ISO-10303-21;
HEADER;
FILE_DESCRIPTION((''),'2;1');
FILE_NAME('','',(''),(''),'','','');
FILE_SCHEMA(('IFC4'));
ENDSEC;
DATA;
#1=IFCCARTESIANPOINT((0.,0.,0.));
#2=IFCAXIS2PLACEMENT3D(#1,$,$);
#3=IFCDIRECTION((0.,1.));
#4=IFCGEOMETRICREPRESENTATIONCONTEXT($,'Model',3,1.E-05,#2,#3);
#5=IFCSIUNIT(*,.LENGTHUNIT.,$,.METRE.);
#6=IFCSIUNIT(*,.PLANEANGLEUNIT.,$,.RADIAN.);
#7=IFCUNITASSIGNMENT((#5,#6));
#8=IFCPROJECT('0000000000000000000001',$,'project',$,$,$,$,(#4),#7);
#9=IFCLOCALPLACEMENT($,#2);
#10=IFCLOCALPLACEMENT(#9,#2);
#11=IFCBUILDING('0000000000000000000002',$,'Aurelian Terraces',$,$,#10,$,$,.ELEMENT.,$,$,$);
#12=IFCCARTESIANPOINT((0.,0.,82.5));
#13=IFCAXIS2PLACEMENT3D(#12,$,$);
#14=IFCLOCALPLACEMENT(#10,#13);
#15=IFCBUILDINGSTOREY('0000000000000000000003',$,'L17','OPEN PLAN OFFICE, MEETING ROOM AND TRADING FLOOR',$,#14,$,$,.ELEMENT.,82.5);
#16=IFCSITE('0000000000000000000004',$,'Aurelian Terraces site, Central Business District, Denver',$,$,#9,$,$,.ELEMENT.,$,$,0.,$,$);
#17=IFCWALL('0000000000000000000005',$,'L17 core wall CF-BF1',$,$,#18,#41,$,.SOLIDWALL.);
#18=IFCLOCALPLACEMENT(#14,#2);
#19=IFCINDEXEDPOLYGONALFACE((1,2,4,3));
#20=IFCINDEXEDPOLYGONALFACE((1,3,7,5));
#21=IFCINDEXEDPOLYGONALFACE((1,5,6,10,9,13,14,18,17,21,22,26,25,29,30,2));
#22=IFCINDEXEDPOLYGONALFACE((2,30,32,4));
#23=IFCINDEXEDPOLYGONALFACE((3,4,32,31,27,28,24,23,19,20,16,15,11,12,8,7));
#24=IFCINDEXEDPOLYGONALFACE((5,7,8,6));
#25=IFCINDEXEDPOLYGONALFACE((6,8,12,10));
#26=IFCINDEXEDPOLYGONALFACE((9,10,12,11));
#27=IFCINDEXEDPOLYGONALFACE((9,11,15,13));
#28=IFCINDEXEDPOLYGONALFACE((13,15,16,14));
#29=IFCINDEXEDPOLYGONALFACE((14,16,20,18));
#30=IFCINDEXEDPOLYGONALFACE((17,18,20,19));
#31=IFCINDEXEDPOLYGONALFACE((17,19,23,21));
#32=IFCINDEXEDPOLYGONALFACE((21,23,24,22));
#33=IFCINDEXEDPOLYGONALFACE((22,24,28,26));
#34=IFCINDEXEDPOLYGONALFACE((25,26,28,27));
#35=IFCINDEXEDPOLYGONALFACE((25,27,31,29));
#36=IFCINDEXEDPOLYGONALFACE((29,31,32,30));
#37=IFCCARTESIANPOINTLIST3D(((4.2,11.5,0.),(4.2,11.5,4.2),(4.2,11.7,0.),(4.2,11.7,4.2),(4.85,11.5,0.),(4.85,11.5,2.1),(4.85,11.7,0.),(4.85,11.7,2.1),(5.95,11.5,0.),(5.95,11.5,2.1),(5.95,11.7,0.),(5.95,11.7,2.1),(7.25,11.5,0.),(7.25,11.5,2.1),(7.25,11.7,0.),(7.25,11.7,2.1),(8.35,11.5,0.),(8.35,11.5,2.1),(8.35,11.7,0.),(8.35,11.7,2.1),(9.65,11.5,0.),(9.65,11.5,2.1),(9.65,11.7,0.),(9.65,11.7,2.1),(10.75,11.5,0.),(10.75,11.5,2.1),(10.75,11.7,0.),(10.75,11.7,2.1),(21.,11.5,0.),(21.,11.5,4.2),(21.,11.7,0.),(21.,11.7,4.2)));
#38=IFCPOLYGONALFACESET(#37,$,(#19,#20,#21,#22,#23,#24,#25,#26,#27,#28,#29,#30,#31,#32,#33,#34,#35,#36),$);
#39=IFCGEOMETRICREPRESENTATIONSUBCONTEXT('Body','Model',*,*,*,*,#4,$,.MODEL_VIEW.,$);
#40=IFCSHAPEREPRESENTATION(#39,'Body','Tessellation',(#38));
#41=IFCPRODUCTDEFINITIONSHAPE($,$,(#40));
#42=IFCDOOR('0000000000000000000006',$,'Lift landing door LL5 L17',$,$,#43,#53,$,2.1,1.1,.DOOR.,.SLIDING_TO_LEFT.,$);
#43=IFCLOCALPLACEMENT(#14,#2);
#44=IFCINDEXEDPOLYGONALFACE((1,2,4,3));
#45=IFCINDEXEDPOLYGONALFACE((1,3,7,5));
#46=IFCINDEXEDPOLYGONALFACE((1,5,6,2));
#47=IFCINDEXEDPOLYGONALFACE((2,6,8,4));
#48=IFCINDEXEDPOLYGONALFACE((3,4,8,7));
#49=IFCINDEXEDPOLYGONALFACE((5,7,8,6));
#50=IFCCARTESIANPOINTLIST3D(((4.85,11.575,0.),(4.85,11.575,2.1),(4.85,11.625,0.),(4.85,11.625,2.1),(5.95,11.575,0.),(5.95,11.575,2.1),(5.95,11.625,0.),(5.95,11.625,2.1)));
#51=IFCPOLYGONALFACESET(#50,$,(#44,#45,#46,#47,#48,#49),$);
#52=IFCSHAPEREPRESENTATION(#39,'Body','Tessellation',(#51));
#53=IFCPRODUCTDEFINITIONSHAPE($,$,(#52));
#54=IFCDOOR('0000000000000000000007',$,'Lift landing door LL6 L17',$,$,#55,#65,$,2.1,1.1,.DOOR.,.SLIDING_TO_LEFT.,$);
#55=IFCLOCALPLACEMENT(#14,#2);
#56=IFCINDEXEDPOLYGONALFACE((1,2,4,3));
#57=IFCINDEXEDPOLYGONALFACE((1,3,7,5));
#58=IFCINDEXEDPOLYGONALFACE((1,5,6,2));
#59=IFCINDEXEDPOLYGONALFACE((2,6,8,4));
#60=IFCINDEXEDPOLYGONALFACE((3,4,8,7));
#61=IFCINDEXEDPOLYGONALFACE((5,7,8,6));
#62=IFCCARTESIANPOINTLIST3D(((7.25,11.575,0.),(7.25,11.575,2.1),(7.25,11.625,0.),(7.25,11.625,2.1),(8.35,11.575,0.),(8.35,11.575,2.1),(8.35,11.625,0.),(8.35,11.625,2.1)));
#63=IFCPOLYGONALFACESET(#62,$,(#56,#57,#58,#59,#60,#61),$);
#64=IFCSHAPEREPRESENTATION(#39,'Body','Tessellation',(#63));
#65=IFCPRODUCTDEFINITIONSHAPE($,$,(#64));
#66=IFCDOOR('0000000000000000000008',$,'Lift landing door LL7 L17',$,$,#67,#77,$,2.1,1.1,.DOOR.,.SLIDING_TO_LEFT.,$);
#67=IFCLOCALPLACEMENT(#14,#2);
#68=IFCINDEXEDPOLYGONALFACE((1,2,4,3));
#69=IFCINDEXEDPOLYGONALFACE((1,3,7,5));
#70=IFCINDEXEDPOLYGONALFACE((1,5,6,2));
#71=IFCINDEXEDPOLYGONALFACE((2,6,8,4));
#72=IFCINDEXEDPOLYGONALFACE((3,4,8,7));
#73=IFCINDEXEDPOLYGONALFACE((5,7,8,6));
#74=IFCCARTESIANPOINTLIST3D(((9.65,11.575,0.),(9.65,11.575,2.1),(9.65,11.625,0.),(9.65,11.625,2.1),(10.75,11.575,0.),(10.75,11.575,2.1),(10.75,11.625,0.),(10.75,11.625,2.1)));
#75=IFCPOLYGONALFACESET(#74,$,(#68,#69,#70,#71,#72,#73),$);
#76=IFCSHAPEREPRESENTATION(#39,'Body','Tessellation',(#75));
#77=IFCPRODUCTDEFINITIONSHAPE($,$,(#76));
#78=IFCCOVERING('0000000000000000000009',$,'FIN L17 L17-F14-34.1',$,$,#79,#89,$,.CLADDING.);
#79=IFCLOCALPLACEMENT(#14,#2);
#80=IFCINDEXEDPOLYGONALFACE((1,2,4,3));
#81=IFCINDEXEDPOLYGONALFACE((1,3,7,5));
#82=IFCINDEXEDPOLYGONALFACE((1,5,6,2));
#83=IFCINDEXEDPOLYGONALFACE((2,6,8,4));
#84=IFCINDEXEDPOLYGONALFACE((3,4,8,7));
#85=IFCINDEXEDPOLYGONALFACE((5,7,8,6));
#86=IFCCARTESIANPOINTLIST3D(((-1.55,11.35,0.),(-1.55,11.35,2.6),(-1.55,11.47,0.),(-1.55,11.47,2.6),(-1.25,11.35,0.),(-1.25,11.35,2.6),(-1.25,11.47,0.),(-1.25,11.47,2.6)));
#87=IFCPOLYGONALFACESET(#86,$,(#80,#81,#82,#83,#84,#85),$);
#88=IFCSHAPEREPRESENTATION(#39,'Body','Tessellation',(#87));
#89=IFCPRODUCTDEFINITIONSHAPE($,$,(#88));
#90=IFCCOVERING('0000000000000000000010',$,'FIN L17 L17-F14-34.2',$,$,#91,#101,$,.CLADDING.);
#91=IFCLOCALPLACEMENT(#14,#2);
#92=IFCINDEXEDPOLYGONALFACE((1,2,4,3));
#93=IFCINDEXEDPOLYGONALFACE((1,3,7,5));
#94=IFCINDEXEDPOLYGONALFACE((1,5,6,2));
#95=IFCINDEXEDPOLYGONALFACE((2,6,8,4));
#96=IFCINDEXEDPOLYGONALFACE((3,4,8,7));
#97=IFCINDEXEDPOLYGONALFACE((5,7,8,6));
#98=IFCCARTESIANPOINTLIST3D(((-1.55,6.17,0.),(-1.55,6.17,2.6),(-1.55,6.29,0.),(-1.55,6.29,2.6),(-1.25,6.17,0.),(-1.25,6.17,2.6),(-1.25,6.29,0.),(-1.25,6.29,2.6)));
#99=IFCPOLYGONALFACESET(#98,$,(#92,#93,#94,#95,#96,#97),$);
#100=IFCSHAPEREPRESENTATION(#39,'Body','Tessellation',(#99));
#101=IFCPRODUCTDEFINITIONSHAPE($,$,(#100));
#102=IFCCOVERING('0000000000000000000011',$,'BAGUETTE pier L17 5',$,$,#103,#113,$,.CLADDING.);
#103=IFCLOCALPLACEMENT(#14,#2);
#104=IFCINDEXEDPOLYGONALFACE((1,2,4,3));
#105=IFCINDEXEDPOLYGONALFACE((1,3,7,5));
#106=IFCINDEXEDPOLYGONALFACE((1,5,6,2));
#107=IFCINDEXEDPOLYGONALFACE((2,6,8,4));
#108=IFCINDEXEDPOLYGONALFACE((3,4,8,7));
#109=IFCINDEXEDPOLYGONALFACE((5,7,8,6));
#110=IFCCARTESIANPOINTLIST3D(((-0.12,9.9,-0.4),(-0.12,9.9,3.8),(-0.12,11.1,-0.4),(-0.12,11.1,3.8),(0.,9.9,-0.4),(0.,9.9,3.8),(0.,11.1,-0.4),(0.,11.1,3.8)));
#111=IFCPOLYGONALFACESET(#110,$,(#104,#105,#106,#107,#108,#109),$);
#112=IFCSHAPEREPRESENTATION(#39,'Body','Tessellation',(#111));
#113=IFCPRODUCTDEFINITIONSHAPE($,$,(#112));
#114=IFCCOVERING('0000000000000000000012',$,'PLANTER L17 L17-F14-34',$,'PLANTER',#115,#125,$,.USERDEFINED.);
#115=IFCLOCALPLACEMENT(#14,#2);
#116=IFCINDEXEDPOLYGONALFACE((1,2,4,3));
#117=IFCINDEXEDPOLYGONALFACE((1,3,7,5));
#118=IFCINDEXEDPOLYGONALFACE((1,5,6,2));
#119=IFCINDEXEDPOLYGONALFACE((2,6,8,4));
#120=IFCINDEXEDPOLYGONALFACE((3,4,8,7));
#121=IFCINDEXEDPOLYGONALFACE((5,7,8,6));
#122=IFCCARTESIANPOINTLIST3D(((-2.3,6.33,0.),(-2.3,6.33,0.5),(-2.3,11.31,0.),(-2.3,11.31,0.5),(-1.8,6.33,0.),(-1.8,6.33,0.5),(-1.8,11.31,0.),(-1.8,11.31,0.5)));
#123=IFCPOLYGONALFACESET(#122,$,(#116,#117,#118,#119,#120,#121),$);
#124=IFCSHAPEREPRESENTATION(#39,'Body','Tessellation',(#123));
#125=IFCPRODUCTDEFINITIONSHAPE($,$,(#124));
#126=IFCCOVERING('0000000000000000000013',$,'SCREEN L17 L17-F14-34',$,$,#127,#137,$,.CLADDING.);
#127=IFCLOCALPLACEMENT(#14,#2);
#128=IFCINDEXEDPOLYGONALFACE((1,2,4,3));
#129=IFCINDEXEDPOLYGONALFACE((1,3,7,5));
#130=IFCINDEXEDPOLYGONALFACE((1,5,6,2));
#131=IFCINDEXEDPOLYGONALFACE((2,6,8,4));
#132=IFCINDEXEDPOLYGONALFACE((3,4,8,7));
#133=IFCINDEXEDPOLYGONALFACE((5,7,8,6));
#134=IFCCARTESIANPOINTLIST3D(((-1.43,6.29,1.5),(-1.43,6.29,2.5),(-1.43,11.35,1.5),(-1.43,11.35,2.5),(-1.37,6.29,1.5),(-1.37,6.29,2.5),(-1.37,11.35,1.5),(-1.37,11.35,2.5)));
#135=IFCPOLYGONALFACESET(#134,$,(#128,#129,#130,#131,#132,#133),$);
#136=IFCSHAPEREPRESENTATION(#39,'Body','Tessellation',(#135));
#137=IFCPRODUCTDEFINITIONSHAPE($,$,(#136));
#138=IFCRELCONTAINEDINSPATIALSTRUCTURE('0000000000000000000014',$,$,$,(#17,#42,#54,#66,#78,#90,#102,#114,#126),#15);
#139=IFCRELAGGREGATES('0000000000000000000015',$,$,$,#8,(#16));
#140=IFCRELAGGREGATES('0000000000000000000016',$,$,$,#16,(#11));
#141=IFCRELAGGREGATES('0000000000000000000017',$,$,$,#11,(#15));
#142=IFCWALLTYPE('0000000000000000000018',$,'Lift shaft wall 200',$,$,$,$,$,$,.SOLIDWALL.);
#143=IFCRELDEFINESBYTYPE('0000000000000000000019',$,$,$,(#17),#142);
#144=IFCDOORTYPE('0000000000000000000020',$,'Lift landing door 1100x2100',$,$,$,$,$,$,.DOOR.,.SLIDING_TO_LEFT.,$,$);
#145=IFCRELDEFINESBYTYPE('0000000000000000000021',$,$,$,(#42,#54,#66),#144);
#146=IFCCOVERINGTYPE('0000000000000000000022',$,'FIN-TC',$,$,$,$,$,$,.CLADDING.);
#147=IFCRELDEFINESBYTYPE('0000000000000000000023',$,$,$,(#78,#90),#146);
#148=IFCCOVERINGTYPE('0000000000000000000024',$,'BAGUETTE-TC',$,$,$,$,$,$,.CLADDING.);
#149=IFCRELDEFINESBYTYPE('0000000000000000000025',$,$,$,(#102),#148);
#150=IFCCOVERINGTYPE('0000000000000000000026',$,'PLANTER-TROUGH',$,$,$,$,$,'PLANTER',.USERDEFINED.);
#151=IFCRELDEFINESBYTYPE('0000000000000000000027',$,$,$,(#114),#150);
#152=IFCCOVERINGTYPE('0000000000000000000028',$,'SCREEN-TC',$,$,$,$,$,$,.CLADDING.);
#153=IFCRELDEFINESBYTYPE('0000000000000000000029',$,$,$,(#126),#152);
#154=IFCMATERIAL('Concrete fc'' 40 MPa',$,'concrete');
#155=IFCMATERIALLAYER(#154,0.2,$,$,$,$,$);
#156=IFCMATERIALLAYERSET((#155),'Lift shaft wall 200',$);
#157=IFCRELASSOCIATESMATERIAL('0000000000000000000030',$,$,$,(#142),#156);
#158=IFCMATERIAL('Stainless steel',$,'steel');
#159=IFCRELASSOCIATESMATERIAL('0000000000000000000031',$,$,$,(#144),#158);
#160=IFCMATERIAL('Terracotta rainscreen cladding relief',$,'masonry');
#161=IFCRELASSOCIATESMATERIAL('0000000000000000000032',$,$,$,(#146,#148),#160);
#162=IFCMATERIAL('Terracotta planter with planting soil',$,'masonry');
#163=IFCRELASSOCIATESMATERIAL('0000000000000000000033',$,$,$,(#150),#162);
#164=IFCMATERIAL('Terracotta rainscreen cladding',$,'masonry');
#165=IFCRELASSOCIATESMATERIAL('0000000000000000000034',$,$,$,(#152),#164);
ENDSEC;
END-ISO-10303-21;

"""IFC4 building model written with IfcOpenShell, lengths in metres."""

from ifc_helpers import new_model, si_unit, direction, frame, frame_2d, origin, origin_2d, place, context, subcontext, project, spatial, rectangle, extrude, source, transform, mapped, material, layer, layer_set, type_object, element, fill, save


model = new_model("IFC4")

# Units and contexts
model_context = context("Model", 3, precision=1e-05, world=origin(), true_north=direction((0.0, 1.0)))
body_context = subcontext(model_context, "Body", "Model", "MODEL_VIEW")
ifc_project = project(units=[si_unit("LENGTHUNIT", "METRE"), si_unit("PLANEANGLEUNIT", "RADIAN")], contexts=[model_context])

# Site, building, storey
site_placement = place(None, origin())
site = spatial("IfcSite", under=ifc_project, at=site_placement, Name="Aurelian Terraces site, Central Business District, Denver", CompositionType="ELEMENT", RefElevation=0.0)
building_placement = place(site_placement, origin())
building = spatial("IfcBuilding", under=site, at=building_placement, Name="Aurelian Terraces", CompositionType="ELEMENT")
storey_placement = place(building_placement, frame((0.0, 0.0, 82.5)))
storey = spatial("IfcBuildingStorey", under=building, at=storey_placement, Name="L17", Description="OPEN PLAN OFFICE, MEETING ROOM AND TRADING FLOOR", CompositionType="ELEMENT", Elevation=82.5)

# Shared definitions
ifc_material_1 = material(Name="Terracotta rainscreen cladding", Category="masonry")

# Wall, openings, doors
ifc_material_2 = material(Name="Concrete fc' 40 MPa", Category="concrete")
ifc_layer_1 = layer(ifc_material_2, 0.2)
ifc_layer_set_1 = layer_set([ifc_layer_1], Name="Lift shaft wall 200")
wall_type_1 = type_object("IfcWallType", Name="Lift shaft wall 200", PredefinedType="SOLIDWALL", material=ifc_layer_set_1)
shared_shape_1 = source(origin(), body_context, "Body", "SweptSolid", [
    extrude(rectangle(XDim=16.8, YDim=0.2, at=frame_2d((8.4, 0.0))), origin(), (0.0, 0.0, 1.0), 4.2),
])
shared_shape_2 = source(origin(), body_context, "Body", "SweptSolid", [
    extrude(rectangle(XDim=1.1, YDim=2.1, at=frame_2d((0.55, 1.05))), frame((0.0, 0.11, 0.0), z_axis=(0.0, -1.0, 0.0), x_axis=(1.0, 0.0, 0.0)), (0.0, 0.0, 1.0), 0.22),
])
ifc_material_3 = material(Name="Stainless steel", Category="steel")
door_type_1 = type_object("IfcDoorType", Name="Lift landing door 1100x2100", OperationType="SLIDING_TO_LEFT", PredefinedType="DOOR", material=ifc_material_3)
shared_shape_3 = source(origin(), body_context, "Body", "SweptSolid", [
    extrude(rectangle(XDim=1.1, YDim=2.1, at=frame_2d((0.55, 1.05))), frame((0.0, 0.025, 0.0), z_axis=(0.0, -1.0, 0.0), x_axis=(1.0, 0.0, 0.0)), (0.0, 0.0, 1.0), 0.05),
])
wall_1_placement = place(storey_placement, frame((4.2, 11.6, 0.0), z_axis=(0.0, 0.0, 1.0), x_axis=(1.0, 0.0, 0.0)))
wall_1 = element("IfcWall", 1, at=wall_1_placement, inside=storey, type_object=wall_type_1, Name="L17 core wall CF-BF1", PredefinedType="SOLIDWALL", context=body_context, shape_type="MappedRepresentation", body=[
    mapped(shared_shape_1, transform((0.0, 0.0, 0.0), scale=1.0)),
])
opening_1_placement = place(wall_1_placement, frame((0.65, 0.0, 0.0)))
opening_1 = element("IfcOpeningElement", 2, at=opening_1_placement, cuts=wall_1, PredefinedType="OPENING", context=body_context, shape_type="MappedRepresentation", body=[
    mapped(shared_shape_2, transform((0.0, 0.0, 0.0), scale=1.0)),
])
opening_2_placement = place(wall_1_placement, frame((3.05, 0.0, 0.0)))
opening_2 = element("IfcOpeningElement", 3, at=opening_2_placement, cuts=wall_1, PredefinedType="OPENING", context=body_context, shape_type="MappedRepresentation", body=[
    mapped(shared_shape_2, transform((0.0, 0.0, 0.0), scale=1.0)),
])
opening_3_placement = place(wall_1_placement, frame((5.45, 0.0, 0.0)))
opening_3 = element("IfcOpeningElement", 4, at=opening_3_placement, cuts=wall_1, PredefinedType="OPENING", context=body_context, shape_type="MappedRepresentation", body=[
    mapped(shared_shape_2, transform((0.0, 0.0, 0.0), scale=1.0)),
])
door_1_placement = place(opening_1_placement, origin())
door_1 = element("IfcDoor", 5, at=door_1_placement, inside=storey, type_object=door_type_1, Name="Lift landing door LL5 L17", OperationType="SLIDING_TO_LEFT", OverallHeight=2.1, OverallWidth=1.1, PredefinedType="DOOR", context=body_context, shape_type="MappedRepresentation", body=[
    mapped(shared_shape_3, transform((0.0, 0.0, 0.0), scale=1.0)),
])
fill(opening_1, door_1)
door_2_placement = place(opening_2_placement, origin())
door_2 = element("IfcDoor", 6, at=door_2_placement, inside=storey, type_object=door_type_1, Name="Lift landing door LL6 L17", OperationType="SLIDING_TO_LEFT", OverallHeight=2.1, OverallWidth=1.1, PredefinedType="DOOR", context=body_context, shape_type="MappedRepresentation", body=[
    mapped(shared_shape_3, transform((0.0, 0.0, 0.0), scale=1.0)),
])
fill(opening_2, door_2)
door_3_placement = place(opening_3_placement, origin())
door_3 = element("IfcDoor", 7, at=door_3_placement, inside=storey, type_object=door_type_1, Name="Lift landing door LL7 L17", OperationType="SLIDING_TO_LEFT", OverallHeight=2.1, OverallWidth=1.1, PredefinedType="DOOR", context=body_context, shape_type="MappedRepresentation", body=[
    mapped(shared_shape_3, transform((0.0, 0.0, 0.0), scale=1.0)),
])
fill(opening_3, door_3)

# Coverings
ifc_material_4 = material(Name="Terracotta rainscreen cladding relief", Category="masonry")
covering_type_1 = type_object("IfcCoveringType", Name="FIN-TC", PredefinedType="CLADDING", material=ifc_material_4)
shared_shape_4 = source(origin(), body_context, "Body", "SweptSolid", [
    extrude(rectangle(XDim=0.3, YDim=0.12, at=origin_2d()), origin(), (0.0, 0.0, 1.0), 2.6),
])
for number, where, z_axis, x_axis, name in (
    (8, (-1.4, 11.41, 0.0), (0.0, 0.0, 1.0), (1.0, 0.0, 0.0), "FIN L17 L17-F14-34.1"),
    (9, (-1.4, 6.23, 0.0), (0.0, 0.0, 1.0), (1.0, 0.0, 0.0), "FIN L17 L17-F14-34.2"),
):
    element("IfcCovering", number, at=place(storey_placement, frame(where, z_axis=z_axis, x_axis=x_axis)), inside=storey, type_object=covering_type_1, Name=name, PredefinedType="CLADDING", context=body_context, shape_type="MappedRepresentation", body=[
        mapped(shared_shape_4, transform((0.0, 0.0, 0.0), scale=1.0)),
    ])
covering_type_2 = type_object("IfcCoveringType", Name="BAGUETTE-TC", PredefinedType="CLADDING", material=ifc_material_4)
shared_shape_5 = source(origin(), body_context, "Body", "SweptSolid", [
    extrude(rectangle(XDim=0.12, YDim=1.2, at=origin_2d()), origin(), (0.0, 0.0, 1.0), 4.2),
])
covering_1_placement = place(storey_placement, frame((-0.06, 10.5, -0.4), z_axis=(0.0, 0.0, 1.0), x_axis=(1.0, 0.0, 0.0)))
element("IfcCovering", 10, at=covering_1_placement, inside=storey, type_object=covering_type_2, Name="BAGUETTE pier L17 5", PredefinedType="CLADDING", context=body_context, shape_type="MappedRepresentation", body=[
    mapped(shared_shape_5, transform((0.0, 0.0, 0.0), scale=1.0)),
])
ifc_material_5 = material(Name="Terracotta planter with planting soil", Category="masonry")
covering_type_3 = type_object("IfcCoveringType", Name="PLANTER-TROUGH", ElementType="PLANTER", PredefinedType="USERDEFINED", material=ifc_material_5)
shared_shape_6 = source(origin(), body_context, "Body", "SweptSolid", [
    extrude(rectangle(XDim=0.5, YDim=4.98, at=origin_2d()), origin(), (0.0, 0.0, 1.0), 0.5),
])
covering_2_placement = place(storey_placement, frame((-2.05, 8.82, 0.0), z_axis=(0.0, 0.0, 1.0), x_axis=(1.0, 0.0, 0.0)))
element("IfcCovering", 11, at=covering_2_placement, inside=storey, type_object=covering_type_3, Name="PLANTER L17 L17-F14-34", ObjectType="PLANTER", PredefinedType="USERDEFINED", context=body_context, shape_type="MappedRepresentation", body=[
    mapped(shared_shape_6, transform((0.0, 0.0, 0.0), scale=1.0)),
])
covering_type_4 = type_object("IfcCoveringType", Name="SCREEN-TC", PredefinedType="CLADDING", material=ifc_material_1)
shared_shape_7 = source(origin(), body_context, "Body", "SweptSolid", [
    extrude(rectangle(XDim=0.06, YDim=5.06, at=origin_2d()), origin(), (0.0, 0.0, 1.0), 1.0),
])
covering_3_placement = place(storey_placement, frame((-1.4, 8.82, 1.5), z_axis=(0.0, 0.0, 1.0), x_axis=(1.0, 0.0, 0.0)))
element("IfcCovering", 12, at=covering_3_placement, inside=storey, type_object=covering_type_4, Name="SCREEN L17 L17-F14-34", PredefinedType="CLADDING", context=body_context, shape_type="MappedRepresentation", body=[
    mapped(shared_shape_7, transform((0.0, 0.0, 0.0), scale=1.0)),
])

save(model, "model.ifc")
